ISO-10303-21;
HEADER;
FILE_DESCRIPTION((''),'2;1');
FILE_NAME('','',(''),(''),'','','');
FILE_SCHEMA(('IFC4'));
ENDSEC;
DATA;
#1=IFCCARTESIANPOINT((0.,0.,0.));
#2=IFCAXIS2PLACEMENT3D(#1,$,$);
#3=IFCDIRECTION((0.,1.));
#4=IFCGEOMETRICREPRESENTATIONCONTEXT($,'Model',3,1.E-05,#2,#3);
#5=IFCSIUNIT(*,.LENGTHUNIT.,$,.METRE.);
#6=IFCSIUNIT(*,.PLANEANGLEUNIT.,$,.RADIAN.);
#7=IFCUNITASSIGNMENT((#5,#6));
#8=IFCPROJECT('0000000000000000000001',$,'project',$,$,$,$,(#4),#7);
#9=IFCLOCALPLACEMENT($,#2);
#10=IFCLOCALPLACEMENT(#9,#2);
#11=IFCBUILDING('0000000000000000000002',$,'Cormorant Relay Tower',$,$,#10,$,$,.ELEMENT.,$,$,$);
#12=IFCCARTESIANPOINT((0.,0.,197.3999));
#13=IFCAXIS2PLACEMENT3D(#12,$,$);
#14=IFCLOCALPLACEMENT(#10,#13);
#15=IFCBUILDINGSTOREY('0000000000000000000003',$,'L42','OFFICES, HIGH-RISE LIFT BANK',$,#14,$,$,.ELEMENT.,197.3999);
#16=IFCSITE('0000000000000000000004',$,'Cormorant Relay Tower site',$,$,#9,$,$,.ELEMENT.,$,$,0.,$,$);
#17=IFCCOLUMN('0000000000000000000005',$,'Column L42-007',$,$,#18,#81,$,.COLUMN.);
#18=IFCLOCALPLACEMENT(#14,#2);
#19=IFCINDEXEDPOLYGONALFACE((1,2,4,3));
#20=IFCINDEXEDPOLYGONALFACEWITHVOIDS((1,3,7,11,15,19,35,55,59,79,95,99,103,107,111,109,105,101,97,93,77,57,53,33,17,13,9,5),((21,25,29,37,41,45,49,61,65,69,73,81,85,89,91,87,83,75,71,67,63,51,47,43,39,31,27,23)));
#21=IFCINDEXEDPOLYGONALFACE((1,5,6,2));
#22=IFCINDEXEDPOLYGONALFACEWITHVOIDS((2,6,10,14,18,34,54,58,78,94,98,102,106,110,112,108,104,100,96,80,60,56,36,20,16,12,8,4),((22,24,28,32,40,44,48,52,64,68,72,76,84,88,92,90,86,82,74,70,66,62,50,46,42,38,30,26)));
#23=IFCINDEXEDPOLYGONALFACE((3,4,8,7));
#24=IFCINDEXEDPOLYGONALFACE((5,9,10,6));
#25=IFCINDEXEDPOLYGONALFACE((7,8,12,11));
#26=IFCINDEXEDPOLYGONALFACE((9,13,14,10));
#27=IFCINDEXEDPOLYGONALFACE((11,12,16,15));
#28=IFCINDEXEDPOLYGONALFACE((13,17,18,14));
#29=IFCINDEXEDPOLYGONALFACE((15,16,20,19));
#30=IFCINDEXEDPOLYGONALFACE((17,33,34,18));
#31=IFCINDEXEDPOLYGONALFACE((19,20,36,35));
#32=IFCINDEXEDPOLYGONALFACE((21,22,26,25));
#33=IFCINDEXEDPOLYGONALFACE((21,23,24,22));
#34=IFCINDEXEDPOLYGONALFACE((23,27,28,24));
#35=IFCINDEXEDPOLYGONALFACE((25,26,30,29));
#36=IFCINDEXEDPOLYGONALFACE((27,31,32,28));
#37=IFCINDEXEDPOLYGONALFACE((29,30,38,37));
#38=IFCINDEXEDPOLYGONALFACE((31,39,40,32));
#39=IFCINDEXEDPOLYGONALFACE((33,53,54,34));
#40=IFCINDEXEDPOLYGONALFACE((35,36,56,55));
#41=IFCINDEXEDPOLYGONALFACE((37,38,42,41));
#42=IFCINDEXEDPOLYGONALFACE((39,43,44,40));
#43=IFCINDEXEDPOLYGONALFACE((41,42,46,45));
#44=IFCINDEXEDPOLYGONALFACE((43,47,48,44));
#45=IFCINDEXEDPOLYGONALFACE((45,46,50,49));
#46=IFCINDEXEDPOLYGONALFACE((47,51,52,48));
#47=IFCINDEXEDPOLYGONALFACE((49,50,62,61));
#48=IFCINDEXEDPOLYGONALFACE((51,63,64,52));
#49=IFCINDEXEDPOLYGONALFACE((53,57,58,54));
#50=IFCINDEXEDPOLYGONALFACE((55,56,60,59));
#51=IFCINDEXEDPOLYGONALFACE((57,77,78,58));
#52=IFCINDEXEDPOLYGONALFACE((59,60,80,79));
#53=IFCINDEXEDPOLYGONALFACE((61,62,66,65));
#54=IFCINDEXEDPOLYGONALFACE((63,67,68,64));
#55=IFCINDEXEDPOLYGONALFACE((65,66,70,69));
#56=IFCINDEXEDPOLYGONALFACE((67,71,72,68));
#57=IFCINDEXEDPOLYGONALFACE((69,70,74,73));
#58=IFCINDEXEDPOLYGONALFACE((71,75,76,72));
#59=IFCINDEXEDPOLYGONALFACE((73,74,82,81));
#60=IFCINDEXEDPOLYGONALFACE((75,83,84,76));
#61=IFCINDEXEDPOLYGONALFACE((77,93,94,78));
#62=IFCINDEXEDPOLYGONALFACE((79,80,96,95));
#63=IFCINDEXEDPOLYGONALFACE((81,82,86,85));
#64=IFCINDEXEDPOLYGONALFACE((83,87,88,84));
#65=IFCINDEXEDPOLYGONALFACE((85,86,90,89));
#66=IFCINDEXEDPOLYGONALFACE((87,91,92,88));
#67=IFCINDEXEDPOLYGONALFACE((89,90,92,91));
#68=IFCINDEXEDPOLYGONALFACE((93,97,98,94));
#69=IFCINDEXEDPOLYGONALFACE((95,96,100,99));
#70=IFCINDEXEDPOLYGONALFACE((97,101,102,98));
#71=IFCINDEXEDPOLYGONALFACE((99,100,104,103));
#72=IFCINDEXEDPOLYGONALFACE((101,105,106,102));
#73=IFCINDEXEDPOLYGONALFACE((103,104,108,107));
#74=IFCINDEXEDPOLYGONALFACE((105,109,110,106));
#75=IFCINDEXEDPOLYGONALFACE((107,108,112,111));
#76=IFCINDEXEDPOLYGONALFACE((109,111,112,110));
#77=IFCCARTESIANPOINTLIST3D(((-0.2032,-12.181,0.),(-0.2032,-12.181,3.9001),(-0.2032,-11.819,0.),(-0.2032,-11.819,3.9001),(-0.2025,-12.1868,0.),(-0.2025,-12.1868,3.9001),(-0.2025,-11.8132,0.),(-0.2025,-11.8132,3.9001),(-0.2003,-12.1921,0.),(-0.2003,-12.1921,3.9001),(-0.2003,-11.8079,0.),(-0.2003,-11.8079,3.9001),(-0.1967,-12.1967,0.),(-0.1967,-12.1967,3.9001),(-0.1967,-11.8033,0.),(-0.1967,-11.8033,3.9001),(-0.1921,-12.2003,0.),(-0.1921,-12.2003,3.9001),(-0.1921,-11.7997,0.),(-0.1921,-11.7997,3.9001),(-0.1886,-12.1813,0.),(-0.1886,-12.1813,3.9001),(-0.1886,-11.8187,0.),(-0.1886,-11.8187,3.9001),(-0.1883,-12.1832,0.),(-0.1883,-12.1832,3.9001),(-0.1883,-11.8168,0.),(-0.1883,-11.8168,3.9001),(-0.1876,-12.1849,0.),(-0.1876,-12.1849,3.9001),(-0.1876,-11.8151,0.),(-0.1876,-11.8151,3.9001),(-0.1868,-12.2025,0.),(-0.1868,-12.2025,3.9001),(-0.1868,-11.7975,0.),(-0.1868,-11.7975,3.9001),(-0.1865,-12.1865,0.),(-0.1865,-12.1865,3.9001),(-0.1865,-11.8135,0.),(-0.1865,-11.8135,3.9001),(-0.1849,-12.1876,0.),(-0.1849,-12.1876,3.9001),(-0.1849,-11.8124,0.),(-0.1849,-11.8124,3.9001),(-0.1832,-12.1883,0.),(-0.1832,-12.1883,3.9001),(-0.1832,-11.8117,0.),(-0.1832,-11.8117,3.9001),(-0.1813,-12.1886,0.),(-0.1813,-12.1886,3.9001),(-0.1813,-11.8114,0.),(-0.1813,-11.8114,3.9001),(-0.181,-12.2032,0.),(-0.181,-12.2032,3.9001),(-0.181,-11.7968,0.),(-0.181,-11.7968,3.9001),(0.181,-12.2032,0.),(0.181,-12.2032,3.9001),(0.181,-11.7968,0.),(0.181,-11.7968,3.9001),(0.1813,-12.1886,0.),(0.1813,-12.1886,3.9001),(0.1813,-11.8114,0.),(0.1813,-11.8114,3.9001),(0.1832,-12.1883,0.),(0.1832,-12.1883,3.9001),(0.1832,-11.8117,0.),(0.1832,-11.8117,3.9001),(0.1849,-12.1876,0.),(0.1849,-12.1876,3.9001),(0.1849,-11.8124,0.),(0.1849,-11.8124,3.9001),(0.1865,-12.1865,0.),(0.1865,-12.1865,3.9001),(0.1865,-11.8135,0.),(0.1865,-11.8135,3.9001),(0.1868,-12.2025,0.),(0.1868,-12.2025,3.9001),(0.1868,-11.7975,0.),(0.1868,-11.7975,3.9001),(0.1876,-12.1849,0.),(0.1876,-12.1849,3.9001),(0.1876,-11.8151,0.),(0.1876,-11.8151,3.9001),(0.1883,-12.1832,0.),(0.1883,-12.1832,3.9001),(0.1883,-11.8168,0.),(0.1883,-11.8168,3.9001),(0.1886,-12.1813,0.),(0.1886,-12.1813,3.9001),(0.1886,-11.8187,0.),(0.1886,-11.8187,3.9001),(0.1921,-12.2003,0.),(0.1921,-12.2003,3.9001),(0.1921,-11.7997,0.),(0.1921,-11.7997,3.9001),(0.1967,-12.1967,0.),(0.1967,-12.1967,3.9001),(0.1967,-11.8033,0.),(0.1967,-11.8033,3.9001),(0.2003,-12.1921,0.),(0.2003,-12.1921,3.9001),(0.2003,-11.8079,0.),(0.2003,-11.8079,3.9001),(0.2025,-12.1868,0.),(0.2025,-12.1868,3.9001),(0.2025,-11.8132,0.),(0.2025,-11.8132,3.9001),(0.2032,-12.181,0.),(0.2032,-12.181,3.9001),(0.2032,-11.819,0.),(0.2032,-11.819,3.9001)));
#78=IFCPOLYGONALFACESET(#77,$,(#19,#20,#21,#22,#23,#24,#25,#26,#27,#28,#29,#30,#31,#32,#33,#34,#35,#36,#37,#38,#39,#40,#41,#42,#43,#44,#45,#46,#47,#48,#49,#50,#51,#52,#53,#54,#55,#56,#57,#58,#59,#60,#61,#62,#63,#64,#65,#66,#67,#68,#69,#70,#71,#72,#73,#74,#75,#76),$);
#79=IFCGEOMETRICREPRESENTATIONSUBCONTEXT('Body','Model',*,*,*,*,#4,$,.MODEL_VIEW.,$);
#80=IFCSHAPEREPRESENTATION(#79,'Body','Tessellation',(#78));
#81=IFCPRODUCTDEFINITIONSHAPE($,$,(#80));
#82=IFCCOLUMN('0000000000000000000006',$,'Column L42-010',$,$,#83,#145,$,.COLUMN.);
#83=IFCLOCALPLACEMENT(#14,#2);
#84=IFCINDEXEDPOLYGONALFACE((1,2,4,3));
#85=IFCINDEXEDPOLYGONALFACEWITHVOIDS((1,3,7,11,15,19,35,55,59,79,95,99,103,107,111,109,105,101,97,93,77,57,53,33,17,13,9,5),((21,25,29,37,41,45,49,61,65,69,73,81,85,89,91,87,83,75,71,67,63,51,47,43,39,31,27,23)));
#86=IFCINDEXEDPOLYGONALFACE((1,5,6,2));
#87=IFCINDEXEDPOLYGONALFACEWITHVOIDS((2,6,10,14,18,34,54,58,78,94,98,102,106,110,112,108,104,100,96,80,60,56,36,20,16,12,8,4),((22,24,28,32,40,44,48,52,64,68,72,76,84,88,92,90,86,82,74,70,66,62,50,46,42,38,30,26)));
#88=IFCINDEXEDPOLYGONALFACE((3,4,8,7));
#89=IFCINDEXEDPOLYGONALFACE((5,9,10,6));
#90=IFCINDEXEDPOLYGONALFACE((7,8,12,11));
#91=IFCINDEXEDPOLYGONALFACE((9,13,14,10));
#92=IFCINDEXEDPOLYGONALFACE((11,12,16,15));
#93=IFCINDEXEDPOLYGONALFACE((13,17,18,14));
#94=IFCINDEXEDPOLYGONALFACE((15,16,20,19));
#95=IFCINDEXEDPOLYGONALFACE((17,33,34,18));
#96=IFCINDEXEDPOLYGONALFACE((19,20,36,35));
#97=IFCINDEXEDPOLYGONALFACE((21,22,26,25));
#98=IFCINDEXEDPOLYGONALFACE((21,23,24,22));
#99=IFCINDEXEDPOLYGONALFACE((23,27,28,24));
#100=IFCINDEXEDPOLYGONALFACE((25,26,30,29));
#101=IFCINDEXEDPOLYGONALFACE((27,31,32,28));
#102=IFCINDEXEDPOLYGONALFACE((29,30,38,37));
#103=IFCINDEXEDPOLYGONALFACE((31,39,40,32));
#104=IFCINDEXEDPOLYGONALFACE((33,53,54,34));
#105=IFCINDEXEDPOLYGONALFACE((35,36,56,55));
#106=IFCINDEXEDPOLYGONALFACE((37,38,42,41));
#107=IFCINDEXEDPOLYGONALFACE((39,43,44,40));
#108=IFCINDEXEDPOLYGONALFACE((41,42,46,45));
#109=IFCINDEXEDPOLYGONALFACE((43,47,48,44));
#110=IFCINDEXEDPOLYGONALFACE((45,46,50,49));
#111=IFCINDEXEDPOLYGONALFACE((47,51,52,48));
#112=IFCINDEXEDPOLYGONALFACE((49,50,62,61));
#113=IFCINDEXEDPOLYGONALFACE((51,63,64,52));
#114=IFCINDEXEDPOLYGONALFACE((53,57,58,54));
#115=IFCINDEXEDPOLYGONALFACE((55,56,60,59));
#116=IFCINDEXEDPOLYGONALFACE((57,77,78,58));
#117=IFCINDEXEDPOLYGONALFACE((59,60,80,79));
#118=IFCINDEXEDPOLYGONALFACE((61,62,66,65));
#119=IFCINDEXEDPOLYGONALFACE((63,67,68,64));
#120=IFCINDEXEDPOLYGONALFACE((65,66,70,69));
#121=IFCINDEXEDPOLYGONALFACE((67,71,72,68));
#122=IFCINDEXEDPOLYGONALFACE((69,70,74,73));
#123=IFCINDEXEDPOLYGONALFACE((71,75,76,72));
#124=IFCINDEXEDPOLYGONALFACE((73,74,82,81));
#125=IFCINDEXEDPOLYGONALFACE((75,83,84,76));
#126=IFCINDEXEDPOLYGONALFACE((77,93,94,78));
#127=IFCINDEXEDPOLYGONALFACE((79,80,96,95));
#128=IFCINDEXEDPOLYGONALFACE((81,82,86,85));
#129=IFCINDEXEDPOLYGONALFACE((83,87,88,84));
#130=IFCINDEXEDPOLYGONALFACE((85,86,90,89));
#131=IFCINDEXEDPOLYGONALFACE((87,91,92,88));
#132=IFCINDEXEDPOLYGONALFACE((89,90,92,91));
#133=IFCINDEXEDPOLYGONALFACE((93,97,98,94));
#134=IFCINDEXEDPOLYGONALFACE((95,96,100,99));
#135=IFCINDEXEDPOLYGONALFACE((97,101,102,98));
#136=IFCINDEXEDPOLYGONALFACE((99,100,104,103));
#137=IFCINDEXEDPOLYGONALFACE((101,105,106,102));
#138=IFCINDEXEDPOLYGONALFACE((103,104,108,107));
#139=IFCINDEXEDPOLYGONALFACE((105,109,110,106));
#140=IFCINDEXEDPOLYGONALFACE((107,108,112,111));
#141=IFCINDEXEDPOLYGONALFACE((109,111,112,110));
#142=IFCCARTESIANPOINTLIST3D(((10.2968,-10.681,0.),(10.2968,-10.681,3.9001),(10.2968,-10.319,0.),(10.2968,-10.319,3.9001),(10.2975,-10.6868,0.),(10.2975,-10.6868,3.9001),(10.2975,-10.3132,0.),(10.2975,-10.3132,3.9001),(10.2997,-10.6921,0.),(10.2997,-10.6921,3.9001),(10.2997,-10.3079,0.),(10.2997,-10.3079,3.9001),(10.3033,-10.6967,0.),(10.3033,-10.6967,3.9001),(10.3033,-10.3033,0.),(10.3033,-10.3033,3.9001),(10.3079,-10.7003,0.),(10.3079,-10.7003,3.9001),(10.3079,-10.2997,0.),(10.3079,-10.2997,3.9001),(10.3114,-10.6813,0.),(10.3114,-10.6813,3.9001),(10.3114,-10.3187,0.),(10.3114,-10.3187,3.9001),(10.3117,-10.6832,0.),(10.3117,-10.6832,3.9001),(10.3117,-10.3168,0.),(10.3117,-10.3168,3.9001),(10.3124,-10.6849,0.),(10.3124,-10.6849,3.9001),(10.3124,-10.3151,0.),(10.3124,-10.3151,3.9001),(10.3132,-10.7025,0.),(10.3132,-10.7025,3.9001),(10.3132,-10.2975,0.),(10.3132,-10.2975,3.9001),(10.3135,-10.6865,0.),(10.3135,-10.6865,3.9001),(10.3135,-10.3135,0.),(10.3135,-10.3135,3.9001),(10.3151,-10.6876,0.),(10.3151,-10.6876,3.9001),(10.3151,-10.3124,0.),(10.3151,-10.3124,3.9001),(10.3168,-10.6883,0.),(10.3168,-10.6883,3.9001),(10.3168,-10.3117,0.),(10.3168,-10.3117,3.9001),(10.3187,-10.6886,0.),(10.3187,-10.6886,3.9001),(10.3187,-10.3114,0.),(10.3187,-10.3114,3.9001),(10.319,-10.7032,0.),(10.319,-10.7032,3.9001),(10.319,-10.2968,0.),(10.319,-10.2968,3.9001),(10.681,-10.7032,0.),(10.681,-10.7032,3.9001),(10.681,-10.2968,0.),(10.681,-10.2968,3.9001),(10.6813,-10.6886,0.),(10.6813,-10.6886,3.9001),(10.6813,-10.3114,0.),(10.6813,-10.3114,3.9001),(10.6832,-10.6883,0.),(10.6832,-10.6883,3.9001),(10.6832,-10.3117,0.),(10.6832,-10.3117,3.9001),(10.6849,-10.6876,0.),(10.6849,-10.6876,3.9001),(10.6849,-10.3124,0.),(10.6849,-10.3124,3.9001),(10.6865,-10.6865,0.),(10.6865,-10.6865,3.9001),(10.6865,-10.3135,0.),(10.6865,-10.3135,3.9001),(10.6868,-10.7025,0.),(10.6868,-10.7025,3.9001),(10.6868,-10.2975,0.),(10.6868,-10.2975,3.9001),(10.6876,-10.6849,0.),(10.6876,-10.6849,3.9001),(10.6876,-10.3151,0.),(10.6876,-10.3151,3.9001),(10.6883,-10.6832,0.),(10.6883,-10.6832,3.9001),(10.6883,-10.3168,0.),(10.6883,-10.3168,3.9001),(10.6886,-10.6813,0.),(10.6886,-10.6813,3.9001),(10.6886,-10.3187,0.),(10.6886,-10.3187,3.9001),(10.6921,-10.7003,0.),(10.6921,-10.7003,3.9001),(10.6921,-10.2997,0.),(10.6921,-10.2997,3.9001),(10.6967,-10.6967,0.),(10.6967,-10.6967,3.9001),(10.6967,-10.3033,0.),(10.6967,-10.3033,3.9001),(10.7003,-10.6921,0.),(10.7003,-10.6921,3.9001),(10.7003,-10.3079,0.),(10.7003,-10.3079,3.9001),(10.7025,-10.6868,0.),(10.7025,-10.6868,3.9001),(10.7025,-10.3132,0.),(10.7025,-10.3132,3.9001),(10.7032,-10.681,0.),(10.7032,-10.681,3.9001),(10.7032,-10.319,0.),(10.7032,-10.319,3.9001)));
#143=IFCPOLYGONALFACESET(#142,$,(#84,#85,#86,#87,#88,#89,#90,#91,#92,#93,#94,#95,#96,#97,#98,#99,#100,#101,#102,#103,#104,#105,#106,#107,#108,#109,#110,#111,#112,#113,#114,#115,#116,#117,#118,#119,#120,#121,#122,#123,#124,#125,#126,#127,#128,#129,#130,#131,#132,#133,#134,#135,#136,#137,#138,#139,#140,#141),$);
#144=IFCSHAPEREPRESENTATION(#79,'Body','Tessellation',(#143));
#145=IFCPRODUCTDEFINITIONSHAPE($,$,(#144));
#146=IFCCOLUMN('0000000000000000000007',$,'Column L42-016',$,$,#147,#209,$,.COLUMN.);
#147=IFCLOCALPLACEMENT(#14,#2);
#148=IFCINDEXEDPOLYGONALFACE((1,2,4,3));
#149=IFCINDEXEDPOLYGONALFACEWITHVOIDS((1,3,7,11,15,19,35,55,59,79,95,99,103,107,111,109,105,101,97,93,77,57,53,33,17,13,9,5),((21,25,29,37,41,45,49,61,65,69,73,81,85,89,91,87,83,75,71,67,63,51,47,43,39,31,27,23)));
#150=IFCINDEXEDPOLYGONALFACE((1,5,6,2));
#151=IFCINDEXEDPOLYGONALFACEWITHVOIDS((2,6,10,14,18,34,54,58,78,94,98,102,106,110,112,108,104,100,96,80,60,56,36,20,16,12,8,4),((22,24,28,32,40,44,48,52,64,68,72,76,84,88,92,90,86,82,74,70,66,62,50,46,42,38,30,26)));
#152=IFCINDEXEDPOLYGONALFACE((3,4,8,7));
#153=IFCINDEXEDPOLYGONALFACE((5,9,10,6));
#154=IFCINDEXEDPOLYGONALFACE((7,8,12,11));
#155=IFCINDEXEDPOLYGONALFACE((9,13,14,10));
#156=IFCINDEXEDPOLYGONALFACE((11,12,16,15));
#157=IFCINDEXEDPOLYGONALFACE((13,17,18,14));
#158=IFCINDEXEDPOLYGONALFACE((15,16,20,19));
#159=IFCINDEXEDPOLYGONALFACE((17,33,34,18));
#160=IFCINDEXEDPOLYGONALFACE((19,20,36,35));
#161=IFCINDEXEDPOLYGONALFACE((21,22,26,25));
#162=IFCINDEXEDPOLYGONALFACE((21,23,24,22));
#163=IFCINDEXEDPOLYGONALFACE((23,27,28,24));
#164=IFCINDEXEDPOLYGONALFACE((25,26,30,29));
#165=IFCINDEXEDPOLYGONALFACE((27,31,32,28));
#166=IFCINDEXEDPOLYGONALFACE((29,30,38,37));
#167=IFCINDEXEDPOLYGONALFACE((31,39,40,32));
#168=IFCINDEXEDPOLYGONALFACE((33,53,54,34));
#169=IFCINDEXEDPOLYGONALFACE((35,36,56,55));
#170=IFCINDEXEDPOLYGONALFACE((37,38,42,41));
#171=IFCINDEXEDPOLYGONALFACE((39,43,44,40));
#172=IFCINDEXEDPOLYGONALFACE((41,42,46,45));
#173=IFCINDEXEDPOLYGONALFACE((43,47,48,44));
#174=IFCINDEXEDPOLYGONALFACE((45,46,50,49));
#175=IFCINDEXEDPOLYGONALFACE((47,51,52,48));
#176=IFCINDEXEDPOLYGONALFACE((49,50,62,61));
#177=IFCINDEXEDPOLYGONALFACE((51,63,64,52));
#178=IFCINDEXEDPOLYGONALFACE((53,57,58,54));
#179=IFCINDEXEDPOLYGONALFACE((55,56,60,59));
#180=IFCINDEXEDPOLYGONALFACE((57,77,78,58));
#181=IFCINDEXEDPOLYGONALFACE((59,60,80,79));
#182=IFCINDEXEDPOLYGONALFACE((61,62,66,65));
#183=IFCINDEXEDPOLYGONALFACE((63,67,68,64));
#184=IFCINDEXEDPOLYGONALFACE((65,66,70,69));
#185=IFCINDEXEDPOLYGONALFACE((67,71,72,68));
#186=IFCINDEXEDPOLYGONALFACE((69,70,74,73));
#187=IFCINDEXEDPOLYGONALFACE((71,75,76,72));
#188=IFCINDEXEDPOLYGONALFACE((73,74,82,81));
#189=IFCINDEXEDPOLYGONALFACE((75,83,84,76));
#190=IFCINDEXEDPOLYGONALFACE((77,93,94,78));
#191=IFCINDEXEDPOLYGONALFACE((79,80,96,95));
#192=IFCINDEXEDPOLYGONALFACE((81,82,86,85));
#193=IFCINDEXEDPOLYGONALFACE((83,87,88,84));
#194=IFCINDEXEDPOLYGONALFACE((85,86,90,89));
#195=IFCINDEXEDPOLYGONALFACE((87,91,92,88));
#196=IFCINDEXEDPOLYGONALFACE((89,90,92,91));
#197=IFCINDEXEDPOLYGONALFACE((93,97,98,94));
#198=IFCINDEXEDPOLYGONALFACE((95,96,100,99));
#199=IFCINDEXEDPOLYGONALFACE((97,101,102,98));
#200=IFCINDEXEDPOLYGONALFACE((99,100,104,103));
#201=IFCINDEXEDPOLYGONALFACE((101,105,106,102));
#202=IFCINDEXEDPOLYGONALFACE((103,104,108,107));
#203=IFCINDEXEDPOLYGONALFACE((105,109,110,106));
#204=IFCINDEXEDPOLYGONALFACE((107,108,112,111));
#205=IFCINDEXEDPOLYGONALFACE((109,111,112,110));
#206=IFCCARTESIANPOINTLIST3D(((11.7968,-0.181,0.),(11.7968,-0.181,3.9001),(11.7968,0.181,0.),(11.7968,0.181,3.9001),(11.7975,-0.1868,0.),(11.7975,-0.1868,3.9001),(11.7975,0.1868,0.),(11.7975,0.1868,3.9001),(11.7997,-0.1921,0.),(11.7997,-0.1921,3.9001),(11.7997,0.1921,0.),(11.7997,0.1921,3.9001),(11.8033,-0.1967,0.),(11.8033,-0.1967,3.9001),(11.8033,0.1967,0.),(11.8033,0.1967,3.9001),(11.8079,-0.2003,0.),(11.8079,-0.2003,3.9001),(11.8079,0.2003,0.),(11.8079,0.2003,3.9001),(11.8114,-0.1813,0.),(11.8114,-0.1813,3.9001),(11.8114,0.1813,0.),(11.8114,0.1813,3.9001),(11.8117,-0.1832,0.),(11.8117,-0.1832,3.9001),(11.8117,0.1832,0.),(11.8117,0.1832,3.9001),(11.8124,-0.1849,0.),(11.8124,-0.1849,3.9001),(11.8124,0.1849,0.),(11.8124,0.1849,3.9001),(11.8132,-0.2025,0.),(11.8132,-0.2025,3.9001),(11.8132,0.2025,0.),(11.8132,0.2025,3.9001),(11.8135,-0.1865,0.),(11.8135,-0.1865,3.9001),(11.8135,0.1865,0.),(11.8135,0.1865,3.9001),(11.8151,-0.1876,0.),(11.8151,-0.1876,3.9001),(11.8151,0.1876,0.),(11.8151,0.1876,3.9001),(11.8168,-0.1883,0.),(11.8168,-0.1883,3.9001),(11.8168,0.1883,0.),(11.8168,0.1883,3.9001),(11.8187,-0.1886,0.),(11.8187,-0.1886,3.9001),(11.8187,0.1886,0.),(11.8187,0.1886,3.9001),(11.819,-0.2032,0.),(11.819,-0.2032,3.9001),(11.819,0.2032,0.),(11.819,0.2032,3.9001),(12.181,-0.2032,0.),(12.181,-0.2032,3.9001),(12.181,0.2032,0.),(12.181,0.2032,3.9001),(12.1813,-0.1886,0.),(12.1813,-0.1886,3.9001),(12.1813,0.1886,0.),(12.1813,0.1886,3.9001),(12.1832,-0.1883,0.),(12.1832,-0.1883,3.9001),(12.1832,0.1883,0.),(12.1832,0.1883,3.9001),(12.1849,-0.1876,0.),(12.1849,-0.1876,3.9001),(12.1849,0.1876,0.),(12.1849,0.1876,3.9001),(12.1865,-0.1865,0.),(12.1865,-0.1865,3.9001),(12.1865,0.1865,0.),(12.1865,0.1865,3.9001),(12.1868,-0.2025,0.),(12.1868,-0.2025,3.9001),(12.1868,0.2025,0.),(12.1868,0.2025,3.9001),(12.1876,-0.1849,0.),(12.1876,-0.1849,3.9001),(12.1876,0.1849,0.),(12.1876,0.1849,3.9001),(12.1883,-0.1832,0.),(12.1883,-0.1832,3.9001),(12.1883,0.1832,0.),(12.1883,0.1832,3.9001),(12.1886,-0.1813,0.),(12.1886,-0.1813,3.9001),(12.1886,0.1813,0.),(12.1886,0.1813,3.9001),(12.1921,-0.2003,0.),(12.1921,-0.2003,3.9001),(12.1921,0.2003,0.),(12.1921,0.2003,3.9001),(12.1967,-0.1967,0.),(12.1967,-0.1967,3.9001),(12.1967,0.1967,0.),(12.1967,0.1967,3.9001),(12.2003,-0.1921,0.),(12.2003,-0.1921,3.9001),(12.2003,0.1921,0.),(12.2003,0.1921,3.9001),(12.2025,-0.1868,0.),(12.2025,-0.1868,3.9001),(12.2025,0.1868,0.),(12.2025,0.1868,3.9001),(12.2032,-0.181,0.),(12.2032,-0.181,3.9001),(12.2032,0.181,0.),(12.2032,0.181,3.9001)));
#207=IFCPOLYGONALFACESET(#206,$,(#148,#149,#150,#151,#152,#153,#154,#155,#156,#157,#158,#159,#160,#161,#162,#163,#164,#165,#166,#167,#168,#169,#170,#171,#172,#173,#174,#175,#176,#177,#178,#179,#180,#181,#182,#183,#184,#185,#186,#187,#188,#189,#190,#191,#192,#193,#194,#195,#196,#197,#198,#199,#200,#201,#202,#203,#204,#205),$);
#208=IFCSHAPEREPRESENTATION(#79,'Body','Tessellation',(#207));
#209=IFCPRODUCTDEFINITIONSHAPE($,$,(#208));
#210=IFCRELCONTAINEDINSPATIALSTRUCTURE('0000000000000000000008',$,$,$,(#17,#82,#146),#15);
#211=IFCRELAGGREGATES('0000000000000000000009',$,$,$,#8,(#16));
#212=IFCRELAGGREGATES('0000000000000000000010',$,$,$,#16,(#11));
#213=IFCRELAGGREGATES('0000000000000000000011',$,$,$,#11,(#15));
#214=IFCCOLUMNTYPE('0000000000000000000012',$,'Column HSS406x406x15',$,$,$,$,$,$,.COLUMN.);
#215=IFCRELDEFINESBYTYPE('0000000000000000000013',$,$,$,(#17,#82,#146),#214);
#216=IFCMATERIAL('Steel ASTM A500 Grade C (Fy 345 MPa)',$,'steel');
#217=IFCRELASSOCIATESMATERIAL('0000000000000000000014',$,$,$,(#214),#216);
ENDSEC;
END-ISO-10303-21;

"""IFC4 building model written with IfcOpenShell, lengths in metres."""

from ifc_helpers import new_model, si_unit, direction, frame, origin, origin_2d, place, context, subcontext, project, spatial, hollow_rectangle, extrude, material, material_profile, profile_set, type_object, element, save


model = new_model("IFC4")

# Units and contexts
model_context = context("Model", 3, precision=1e-05, world=origin(), true_north=direction((0.0, 1.0)))
body_context = subcontext(model_context, "Body", "Model", "MODEL_VIEW")
ifc_project = project(units=[si_unit("LENGTHUNIT", "METRE"), si_unit("PLANEANGLEUNIT", "RADIAN")], contexts=[model_context])

# Site, building, storey
site_placement = place(None, origin())
site = spatial("IfcSite", under=ifc_project, at=site_placement, Name="Cormorant Relay Tower site", CompositionType="ELEMENT", RefElevation=0.0)
building_placement = place(site_placement, origin())
building = spatial("IfcBuilding", under=site, at=building_placement, Name="Cormorant Relay Tower", CompositionType="ELEMENT")
storey_placement = place(building_placement, frame((0.0, 0.0, 197.3999)))
storey = spatial("IfcBuildingStorey", under=building, at=storey_placement, Name="L42", Description="OFFICES, HIGH-RISE LIFT BANK", CompositionType="ELEMENT", Elevation=197.3999)

# Columns
ifc_material_1 = material(Name="Steel ASTM A500 Grade C (Fy 345 MPa)", Category="steel")
ifc_material_profile_1 = material_profile(ifc_material_1, hollow_rectangle(XDim=0.4065, YDim=0.4065, WallThickness=0.0146, InnerFilletRadius=0.0073, OuterFilletRadius=0.0222, at=origin_2d()), Name="HSS406x406x15")
ifc_profile_set_1 = profile_set([ifc_material_profile_1], Name="Steel ASTM A500 Grade C (Fy 345 MPa)")
column_type_1 = type_object("IfcColumnType", Name="Column HSS406x406x15", PredefinedType="COLUMN", material=ifc_profile_set_1)
for number, where, z_axis, x_axis, name in (
    (1, (0.0, -12.0, 0.0), (0.0, 0.0, 1.0), (1.0, 0.0, 0.0), "Column L42-007"),
    (2, (10.5, -10.5, 0.0), (0.0, 0.0, 1.0), (1.0, 0.0, 0.0), "Column L42-010"),
    (3, (12.0, 0.0, 0.0), (0.0, 0.0, 1.0), (1.0, 0.0, 0.0), "Column L42-016"),
):
    element("IfcColumn", number, at=place(storey_placement, frame(where, z_axis=z_axis, x_axis=x_axis)), inside=storey, type_object=column_type_1, Name=name, PredefinedType="COLUMN", context=body_context, shape_type="SweptSolid", body=[
        extrude(hollow_rectangle(XDim=0.4065, YDim=0.4065, WallThickness=0.0146, InnerFilletRadius=0.0073, OuterFilletRadius=0.0222, at=origin_2d()), origin(), (0.0, 0.0, 1.0), 3.9001),
    ])

save(model, "model.ifc")
